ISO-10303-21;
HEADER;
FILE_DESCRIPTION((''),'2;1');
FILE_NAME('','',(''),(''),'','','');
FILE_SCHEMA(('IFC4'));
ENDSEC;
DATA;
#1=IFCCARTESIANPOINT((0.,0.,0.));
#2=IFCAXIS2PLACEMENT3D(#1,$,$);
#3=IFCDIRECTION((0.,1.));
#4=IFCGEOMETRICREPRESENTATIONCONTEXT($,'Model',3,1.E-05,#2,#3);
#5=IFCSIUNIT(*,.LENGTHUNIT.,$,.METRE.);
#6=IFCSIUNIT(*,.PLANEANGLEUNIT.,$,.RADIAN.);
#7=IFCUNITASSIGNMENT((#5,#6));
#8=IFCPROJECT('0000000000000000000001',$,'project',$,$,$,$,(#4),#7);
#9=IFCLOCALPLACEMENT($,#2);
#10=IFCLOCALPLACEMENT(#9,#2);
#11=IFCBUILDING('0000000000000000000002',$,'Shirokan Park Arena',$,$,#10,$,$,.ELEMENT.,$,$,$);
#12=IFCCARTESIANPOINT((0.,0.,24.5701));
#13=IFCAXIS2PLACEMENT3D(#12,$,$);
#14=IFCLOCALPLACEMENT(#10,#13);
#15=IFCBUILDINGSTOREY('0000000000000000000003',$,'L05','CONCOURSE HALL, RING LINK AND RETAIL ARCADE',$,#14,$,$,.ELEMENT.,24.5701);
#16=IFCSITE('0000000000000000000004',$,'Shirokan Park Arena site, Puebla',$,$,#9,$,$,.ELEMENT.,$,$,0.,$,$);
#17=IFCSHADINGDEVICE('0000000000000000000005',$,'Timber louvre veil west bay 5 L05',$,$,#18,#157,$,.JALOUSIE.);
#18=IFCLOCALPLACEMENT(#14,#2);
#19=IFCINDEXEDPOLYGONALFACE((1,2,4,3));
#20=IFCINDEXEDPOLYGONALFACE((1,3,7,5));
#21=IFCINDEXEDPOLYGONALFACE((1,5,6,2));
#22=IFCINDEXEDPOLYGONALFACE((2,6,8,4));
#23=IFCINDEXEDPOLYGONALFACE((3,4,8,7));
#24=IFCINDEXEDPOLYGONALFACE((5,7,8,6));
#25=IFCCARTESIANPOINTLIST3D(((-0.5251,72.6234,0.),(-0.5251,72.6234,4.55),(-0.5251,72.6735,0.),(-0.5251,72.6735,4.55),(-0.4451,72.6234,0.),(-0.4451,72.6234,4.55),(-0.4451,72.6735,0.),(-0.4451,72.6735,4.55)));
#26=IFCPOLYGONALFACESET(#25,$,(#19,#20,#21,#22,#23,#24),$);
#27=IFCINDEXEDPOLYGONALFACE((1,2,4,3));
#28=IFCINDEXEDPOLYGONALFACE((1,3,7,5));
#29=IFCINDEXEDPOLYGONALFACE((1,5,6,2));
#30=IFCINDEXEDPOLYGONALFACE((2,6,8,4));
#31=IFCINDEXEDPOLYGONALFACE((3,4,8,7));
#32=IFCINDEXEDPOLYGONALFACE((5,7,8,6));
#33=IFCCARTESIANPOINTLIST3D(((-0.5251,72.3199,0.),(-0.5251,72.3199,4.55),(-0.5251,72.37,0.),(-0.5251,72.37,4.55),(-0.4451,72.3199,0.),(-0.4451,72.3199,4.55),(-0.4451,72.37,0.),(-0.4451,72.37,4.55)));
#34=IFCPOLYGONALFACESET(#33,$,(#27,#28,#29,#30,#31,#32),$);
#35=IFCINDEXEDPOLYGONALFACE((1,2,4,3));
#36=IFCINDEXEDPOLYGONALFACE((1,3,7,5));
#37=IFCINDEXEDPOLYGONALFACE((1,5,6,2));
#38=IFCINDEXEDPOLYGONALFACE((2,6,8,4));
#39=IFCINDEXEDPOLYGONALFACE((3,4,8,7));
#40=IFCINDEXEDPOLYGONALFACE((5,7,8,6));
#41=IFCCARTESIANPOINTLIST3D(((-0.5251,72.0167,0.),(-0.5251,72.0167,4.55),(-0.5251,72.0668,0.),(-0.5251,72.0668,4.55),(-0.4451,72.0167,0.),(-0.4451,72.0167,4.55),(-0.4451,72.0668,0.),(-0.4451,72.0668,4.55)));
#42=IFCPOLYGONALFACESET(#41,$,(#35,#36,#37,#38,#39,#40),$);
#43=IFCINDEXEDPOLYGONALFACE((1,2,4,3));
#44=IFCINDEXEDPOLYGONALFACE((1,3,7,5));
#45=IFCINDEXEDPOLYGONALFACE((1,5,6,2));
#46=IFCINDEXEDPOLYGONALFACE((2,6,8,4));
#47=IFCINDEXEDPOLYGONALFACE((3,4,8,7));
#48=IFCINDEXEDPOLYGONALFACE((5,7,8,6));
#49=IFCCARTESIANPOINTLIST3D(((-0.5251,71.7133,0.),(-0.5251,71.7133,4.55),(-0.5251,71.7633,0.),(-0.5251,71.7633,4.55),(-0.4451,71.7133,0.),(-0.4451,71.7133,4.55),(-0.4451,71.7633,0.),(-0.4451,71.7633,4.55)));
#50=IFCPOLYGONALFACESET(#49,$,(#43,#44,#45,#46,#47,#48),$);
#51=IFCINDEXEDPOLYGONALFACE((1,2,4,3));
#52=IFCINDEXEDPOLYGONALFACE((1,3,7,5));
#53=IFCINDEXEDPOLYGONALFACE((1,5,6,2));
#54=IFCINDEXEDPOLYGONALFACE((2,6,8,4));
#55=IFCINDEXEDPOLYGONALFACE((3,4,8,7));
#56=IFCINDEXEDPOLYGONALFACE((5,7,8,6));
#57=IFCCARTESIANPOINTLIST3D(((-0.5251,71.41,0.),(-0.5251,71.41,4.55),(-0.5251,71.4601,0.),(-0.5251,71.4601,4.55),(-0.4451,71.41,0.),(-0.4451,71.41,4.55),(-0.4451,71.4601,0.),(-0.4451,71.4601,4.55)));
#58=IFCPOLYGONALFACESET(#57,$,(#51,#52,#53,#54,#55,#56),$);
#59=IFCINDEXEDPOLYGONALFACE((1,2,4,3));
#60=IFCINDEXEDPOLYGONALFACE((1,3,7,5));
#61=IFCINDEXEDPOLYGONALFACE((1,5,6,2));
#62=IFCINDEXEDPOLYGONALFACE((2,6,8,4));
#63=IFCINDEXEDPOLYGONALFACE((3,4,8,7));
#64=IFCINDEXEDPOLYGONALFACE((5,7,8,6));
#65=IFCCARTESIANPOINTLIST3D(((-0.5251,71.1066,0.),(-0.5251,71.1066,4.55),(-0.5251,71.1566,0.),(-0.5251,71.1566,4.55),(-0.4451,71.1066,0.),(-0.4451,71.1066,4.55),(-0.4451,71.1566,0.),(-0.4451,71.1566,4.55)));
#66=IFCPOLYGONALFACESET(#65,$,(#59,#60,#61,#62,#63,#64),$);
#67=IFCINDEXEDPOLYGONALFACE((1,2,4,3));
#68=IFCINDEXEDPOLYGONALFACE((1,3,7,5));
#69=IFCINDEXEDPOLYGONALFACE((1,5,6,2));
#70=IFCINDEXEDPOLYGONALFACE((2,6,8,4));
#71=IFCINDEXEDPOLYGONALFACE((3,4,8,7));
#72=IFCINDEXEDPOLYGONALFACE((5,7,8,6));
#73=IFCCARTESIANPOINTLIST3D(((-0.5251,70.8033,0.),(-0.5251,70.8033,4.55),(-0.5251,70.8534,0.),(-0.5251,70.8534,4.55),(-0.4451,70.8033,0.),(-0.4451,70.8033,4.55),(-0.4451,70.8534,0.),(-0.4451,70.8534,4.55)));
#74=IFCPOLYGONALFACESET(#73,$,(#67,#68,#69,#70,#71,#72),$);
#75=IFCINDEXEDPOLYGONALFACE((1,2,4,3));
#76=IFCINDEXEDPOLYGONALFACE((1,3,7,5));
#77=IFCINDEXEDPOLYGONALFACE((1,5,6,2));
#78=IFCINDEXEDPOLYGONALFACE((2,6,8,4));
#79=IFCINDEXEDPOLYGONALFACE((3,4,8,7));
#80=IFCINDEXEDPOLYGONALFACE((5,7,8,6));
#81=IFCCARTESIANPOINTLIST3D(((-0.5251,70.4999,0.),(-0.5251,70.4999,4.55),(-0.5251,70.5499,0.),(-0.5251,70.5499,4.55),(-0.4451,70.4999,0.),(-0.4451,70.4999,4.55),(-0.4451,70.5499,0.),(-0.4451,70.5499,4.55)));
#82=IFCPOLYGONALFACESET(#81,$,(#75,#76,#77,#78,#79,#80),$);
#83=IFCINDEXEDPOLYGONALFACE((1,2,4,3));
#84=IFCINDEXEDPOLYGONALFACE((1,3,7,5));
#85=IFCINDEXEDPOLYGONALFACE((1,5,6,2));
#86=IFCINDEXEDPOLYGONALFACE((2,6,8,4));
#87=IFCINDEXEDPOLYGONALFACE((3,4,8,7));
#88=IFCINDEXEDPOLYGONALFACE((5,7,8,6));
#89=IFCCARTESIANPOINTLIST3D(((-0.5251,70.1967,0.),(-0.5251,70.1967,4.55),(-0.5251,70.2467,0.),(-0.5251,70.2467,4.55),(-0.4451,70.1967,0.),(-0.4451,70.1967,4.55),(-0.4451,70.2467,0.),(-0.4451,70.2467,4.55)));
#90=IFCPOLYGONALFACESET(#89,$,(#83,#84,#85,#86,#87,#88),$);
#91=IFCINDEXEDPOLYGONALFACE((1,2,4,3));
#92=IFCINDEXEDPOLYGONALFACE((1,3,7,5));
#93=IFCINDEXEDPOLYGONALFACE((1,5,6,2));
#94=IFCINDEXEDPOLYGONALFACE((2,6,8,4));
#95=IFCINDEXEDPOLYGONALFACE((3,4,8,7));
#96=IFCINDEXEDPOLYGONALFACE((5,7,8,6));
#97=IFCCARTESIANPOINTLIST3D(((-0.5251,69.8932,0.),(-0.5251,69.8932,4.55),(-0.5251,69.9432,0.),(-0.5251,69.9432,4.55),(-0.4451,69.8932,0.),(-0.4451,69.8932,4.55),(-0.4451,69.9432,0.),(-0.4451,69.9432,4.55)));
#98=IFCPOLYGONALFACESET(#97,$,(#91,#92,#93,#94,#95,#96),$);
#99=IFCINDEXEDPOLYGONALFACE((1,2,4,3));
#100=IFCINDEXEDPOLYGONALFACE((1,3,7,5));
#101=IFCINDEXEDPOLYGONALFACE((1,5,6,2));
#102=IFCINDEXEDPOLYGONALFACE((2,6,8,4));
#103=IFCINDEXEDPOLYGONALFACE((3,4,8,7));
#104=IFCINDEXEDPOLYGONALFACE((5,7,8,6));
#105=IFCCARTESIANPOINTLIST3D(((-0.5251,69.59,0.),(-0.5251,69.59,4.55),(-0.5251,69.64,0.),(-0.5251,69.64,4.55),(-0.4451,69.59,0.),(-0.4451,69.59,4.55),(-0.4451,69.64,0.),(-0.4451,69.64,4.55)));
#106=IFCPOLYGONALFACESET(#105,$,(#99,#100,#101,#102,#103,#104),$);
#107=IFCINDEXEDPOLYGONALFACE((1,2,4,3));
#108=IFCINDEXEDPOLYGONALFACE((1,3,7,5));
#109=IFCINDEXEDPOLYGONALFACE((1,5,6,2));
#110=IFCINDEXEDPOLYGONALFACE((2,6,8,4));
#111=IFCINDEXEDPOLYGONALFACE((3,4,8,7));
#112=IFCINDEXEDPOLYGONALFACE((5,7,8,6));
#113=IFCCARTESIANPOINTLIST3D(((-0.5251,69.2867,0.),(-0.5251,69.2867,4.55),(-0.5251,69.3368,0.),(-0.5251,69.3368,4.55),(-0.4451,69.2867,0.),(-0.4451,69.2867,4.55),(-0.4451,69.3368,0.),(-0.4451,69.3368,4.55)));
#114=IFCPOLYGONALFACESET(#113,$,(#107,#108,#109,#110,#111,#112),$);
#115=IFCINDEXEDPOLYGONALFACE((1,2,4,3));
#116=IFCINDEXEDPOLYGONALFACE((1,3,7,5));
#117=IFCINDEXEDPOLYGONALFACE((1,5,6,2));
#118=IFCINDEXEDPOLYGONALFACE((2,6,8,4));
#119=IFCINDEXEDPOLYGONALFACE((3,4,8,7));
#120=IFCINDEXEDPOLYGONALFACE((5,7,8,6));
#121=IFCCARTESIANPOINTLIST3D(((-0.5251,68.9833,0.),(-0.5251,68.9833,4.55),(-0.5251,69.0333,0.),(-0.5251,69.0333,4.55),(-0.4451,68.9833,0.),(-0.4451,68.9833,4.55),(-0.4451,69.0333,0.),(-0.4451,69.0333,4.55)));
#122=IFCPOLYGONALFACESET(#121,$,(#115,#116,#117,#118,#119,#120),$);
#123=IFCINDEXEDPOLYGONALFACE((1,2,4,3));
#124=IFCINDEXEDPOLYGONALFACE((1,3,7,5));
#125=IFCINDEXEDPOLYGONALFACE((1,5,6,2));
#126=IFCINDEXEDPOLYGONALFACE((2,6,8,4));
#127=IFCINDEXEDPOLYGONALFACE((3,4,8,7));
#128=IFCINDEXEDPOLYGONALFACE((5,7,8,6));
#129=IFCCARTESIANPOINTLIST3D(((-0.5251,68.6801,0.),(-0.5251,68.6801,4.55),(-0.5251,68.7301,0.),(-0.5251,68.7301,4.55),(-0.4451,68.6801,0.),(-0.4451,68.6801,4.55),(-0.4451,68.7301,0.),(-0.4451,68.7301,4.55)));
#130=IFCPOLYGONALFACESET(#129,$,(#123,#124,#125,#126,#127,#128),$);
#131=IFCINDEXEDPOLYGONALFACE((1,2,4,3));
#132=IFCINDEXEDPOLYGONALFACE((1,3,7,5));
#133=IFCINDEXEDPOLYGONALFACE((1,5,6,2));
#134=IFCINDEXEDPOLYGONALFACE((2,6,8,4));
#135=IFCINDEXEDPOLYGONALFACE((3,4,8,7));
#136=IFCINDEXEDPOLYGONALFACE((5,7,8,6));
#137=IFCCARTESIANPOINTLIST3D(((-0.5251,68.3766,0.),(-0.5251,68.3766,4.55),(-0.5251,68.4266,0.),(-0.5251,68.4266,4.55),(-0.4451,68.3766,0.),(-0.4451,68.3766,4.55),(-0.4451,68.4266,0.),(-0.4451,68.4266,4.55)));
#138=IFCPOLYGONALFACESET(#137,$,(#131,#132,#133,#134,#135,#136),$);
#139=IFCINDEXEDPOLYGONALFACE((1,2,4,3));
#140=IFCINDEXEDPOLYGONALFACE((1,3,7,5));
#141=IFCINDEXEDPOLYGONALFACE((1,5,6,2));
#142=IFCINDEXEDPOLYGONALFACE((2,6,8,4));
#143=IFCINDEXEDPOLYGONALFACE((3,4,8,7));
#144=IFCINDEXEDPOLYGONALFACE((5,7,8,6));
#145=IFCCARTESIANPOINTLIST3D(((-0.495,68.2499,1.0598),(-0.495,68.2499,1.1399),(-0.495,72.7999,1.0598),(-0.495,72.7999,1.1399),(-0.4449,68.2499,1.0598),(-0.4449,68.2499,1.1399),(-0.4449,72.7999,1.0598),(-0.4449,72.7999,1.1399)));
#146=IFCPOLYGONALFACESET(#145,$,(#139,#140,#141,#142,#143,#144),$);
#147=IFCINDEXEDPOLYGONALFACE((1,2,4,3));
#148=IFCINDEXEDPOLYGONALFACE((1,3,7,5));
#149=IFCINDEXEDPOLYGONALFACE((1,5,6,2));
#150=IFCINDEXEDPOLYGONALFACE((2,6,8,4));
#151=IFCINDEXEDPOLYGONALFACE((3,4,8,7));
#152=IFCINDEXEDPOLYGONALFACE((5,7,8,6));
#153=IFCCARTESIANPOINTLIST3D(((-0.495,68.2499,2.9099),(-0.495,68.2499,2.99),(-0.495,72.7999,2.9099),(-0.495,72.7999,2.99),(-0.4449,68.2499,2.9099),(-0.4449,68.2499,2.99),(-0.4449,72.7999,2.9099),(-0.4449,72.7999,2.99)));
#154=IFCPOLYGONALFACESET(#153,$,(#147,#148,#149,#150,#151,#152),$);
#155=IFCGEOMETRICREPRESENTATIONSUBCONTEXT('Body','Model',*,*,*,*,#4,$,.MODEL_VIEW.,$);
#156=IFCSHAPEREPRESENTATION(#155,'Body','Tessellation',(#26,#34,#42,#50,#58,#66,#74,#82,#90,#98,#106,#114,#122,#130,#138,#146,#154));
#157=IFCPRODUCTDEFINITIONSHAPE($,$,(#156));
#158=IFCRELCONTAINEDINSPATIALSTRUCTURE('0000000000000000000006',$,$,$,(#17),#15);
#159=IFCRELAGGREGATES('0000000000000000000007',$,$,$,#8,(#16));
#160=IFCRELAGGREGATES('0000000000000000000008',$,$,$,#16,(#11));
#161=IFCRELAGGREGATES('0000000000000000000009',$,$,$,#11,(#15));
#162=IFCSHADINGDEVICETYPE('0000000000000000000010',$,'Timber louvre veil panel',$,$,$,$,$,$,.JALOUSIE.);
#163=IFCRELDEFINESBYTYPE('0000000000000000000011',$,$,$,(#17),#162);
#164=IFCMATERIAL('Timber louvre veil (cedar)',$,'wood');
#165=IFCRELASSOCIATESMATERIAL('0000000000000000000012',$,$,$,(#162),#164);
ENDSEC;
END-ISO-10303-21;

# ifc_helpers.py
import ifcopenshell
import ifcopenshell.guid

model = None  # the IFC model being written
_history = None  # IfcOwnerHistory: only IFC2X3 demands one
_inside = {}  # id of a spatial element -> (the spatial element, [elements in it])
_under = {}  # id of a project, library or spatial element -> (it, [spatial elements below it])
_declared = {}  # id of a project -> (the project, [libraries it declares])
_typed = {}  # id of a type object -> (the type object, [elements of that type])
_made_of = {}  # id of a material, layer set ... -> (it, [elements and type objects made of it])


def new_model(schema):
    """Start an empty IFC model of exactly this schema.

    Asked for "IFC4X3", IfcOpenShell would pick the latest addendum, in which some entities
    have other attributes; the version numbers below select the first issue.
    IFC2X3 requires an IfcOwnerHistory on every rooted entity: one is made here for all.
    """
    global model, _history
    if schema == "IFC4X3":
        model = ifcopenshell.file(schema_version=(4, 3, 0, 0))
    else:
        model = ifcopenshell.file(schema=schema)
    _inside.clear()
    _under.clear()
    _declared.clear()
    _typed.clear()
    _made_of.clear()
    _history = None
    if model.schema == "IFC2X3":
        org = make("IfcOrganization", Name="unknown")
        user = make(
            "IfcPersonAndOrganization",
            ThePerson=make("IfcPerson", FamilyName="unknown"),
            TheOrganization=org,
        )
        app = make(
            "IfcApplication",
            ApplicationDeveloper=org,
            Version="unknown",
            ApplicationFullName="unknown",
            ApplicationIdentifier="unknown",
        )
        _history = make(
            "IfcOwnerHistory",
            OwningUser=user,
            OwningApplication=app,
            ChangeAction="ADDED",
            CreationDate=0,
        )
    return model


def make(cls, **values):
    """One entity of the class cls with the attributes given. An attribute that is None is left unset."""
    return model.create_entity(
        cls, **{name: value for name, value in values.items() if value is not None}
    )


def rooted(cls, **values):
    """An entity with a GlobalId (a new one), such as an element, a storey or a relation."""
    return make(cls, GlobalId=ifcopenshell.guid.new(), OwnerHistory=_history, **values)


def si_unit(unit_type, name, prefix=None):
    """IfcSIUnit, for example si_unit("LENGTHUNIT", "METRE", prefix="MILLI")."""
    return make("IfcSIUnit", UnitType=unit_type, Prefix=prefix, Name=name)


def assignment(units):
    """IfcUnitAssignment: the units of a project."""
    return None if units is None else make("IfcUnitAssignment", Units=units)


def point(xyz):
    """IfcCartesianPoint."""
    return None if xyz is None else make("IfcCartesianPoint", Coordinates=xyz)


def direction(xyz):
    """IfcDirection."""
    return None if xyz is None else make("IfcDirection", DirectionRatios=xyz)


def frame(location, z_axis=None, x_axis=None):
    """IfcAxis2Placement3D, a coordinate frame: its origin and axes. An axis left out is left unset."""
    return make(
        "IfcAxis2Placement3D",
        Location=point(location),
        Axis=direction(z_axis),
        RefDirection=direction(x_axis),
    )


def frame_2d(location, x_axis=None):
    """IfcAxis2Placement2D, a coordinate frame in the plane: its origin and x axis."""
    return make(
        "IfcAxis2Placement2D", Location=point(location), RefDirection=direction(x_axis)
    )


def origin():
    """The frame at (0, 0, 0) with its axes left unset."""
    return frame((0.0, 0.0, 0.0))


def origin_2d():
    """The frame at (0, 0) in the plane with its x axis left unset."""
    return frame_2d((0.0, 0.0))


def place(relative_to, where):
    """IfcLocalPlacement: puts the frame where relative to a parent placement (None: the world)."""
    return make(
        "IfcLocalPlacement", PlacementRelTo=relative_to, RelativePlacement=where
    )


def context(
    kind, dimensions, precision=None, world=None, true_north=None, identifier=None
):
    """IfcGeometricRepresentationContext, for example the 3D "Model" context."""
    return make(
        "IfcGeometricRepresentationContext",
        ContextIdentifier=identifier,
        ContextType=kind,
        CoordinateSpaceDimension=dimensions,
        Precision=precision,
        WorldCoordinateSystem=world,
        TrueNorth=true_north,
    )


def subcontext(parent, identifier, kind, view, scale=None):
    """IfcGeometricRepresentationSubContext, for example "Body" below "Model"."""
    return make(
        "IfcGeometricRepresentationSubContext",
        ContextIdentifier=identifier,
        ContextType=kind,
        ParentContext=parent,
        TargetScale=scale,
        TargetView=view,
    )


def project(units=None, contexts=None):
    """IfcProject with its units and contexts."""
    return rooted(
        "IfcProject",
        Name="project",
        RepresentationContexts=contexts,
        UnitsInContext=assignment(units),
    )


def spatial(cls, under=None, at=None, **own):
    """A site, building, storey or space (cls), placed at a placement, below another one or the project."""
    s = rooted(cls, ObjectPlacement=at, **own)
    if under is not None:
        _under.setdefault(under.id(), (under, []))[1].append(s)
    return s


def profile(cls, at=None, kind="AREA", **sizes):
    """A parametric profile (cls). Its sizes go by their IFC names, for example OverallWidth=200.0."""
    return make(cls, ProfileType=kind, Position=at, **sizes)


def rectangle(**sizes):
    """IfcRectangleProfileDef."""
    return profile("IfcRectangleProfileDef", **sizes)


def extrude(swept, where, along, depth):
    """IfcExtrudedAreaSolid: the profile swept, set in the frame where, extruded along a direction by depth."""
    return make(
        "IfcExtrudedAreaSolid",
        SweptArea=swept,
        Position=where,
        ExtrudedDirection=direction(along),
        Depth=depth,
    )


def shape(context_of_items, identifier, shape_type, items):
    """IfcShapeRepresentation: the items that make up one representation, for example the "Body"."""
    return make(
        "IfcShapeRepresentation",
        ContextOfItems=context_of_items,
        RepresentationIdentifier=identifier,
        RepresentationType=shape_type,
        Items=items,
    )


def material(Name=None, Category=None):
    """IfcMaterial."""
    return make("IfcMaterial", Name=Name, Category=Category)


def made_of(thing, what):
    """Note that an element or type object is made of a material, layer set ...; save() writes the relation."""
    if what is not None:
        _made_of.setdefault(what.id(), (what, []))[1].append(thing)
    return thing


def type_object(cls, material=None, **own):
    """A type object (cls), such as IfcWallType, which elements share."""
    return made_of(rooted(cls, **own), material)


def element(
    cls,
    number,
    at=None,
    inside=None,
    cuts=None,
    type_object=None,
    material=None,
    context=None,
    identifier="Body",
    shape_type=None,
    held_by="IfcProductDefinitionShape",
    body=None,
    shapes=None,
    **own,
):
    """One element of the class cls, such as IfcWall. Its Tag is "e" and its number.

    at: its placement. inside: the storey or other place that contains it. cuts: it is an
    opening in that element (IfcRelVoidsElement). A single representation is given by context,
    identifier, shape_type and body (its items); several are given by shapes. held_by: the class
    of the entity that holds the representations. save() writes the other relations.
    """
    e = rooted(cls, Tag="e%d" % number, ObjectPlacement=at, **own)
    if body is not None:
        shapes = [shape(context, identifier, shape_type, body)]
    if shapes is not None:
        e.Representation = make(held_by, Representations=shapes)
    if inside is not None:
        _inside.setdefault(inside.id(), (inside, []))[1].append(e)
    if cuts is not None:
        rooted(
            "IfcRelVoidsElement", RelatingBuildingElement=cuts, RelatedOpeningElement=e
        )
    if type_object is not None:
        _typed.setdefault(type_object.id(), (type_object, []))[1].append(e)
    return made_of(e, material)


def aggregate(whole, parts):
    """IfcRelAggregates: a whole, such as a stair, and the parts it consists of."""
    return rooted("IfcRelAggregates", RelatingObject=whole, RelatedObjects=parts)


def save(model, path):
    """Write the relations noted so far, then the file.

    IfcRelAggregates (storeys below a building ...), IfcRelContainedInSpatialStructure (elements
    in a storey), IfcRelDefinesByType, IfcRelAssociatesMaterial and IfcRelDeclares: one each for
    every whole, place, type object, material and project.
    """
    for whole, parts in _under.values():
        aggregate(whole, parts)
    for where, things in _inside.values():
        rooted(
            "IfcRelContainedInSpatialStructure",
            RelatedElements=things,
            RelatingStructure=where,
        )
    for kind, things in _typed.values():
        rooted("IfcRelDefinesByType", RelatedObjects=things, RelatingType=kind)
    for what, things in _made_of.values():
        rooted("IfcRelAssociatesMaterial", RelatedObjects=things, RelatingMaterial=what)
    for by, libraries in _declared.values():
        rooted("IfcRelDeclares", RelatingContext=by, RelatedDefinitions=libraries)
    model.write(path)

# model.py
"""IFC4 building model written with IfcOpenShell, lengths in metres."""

from ifc_helpers import new_model, si_unit, direction, frame, origin, origin_2d, place, context, subcontext, project, spatial, rectangle, extrude, material, type_object, element, save


model = new_model("IFC4")

# Units and contexts
model_context = context("Model", 3, precision=1e-05, world=origin(), true_north=direction((0.0, 1.0)))
body_context = subcontext(model_context, "Body", "Model", "MODEL_VIEW")
ifc_project = project(units=[si_unit("LENGTHUNIT", "METRE"), si_unit("PLANEANGLEUNIT", "RADIAN")], contexts=[model_context])

# Site, building, storey
site_placement = place(None, origin())
site = spatial("IfcSite", under=ifc_project, at=site_placement, Name="Shirokan Park Arena site, Puebla", CompositionType="ELEMENT", RefElevation=0.0)
building_placement = place(site_placement, origin())
building = spatial("IfcBuilding", under=site, at=building_placement, Name="Shirokan Park Arena", CompositionType="ELEMENT")
storey_placement = place(building_placement, frame((0.0, 0.0, 24.5701)))
storey = spatial("IfcBuildingStorey", under=building, at=storey_placement, Name="L05", Description="CONCOURSE HALL, RING LINK AND RETAIL ARCADE", CompositionType="ELEMENT", Elevation=24.5701)

# Shading device
ifc_material_1 = material(Name="Timber louvre veil (cedar)", Category="wood")
shading_device_type = type_object("IfcShadingDeviceType", Name="Timber louvre veil panel", PredefinedType="JALOUSIE", material=ifc_material_1)
shading_device_1_placement = place(storey_placement, origin())
element("IfcShadingDevice", 1, at=shading_device_1_placement, inside=storey, type_object=shading_device_type, Name="Timber louvre veil west bay 5 L05", PredefinedType="JALOUSIE", context=body_context, shape_type="SweptSolid", body=[
    extrude(rectangle(XDim=0.05, YDim=0.0801, at=origin_2d()), frame((-0.4851, 72.6484, 0.0), z_axis=(0.0, 0.0, 1.0), x_axis=(0.0, -1.0, 0.0)), (0.0, 0.0, 1.0), 4.55),
    extrude(rectangle(XDim=0.05, YDim=0.0801, at=origin_2d()), frame((-0.4851, 72.345, 0.0), z_axis=(0.0, 0.0, 1.0), x_axis=(0.0, -1.0, 0.0)), (0.0, 0.0, 1.0), 4.55),
    extrude(rectangle(XDim=0.05, YDim=0.0801, at=origin_2d()), frame((-0.4851, 72.0417, 0.0), z_axis=(0.0, 0.0, 1.0), x_axis=(0.0, -1.0, 0.0)), (0.0, 0.0, 1.0), 4.55),
    extrude(rectangle(XDim=0.05, YDim=0.0801, at=origin_2d()), frame((-0.4851, 71.7383, 0.0), z_axis=(0.0, 0.0, 1.0), x_axis=(0.0, -1.0, 0.0)), (0.0, 0.0, 1.0), 4.55),
    extrude(rectangle(XDim=0.05, YDim=0.0801, at=origin_2d()), frame((-0.4851, 71.4351, 0.0), z_axis=(0.0, 0.0, 1.0), x_axis=(0.0, -1.0, 0.0)), (0.0, 0.0, 1.0), 4.55),
    extrude(rectangle(XDim=0.05, YDim=0.0801, at=origin_2d()), frame((-0.4851, 71.1316, 0.0), z_axis=(0.0, 0.0, 1.0), x_axis=(0.0, -1.0, 0.0)), (0.0, 0.0, 1.0), 4.55),
    extrude(rectangle(XDim=0.05, YDim=0.0801, at=origin_2d()), frame((-0.4851, 70.8284, 0.0), z_axis=(0.0, 0.0, 1.0), x_axis=(0.0, -1.0, 0.0)), (0.0, 0.0, 1.0), 4.55),
    extrude(rectangle(XDim=0.05, YDim=0.0801, at=origin_2d()), frame((-0.4851, 70.5249, 0.0), z_axis=(0.0, 0.0, 1.0), x_axis=(0.0, -1.0, 0.0)), (0.0, 0.0, 1.0), 4.55),
    extrude(rectangle(XDim=0.05, YDim=0.0801, at=origin_2d()), frame((-0.4851, 70.2217, 0.0), z_axis=(0.0, 0.0, 1.0), x_axis=(0.0, -1.0, 0.0)), (0.0, 0.0, 1.0), 4.55),
    extrude(rectangle(XDim=0.05, YDim=0.0801, at=origin_2d()), frame((-0.4851, 69.9182, 0.0), z_axis=(0.0, 0.0, 1.0), x_axis=(0.0, -1.0, 0.0)), (0.0, 0.0, 1.0), 4.55),
    extrude(rectangle(XDim=0.05, YDim=0.0801, at=origin_2d()), frame((-0.4851, 69.615, 0.0), z_axis=(0.0, 0.0, 1.0), x_axis=(0.0, -1.0, 0.0)), (0.0, 0.0, 1.0), 4.55),
    extrude(rectangle(XDim=0.05, YDim=0.0801, at=origin_2d()), frame((-0.4851, 69.3118, 0.0), z_axis=(0.0, 0.0, 1.0), x_axis=(0.0, -1.0, 0.0)), (0.0, 0.0, 1.0), 4.55),
    extrude(rectangle(XDim=0.05, YDim=0.0801, at=origin_2d()), frame((-0.4851, 69.0083, 0.0), z_axis=(0.0, 0.0, 1.0), x_axis=(0.0, -1.0, 0.0)), (0.0, 0.0, 1.0), 4.55),
    extrude(rectangle(XDim=0.05, YDim=0.0801, at=origin_2d()), frame((-0.4851, 68.7051, 0.0), z_axis=(0.0, 0.0, 1.0), x_axis=(0.0, -1.0, 0.0)), (0.0, 0.0, 1.0), 4.55),
    extrude(rectangle(XDim=0.05, YDim=0.0801, at=origin_2d()), frame((-0.4851, 68.4016, 0.0), z_axis=(0.0, 0.0, 1.0), x_axis=(0.0, -1.0, 0.0)), (0.0, 0.0, 1.0), 4.55),
    extrude(rectangle(XDim=4.55, YDim=0.05, at=origin_2d()), frame((-0.47, 70.5249, 1.0598), z_axis=(0.0, 0.0, 1.0), x_axis=(0.0, -1.0, 0.0)), (0.0, 0.0, 1.0), 0.0801),
    extrude(rectangle(XDim=4.55, YDim=0.05, at=origin_2d()), frame((-0.47, 70.5249, 2.9099), z_axis=(0.0, 0.0, 1.0), x_axis=(0.0, -1.0, 0.0)), (0.0, 0.0, 1.0), 0.0801),
])

save(model, "model.ifc")
